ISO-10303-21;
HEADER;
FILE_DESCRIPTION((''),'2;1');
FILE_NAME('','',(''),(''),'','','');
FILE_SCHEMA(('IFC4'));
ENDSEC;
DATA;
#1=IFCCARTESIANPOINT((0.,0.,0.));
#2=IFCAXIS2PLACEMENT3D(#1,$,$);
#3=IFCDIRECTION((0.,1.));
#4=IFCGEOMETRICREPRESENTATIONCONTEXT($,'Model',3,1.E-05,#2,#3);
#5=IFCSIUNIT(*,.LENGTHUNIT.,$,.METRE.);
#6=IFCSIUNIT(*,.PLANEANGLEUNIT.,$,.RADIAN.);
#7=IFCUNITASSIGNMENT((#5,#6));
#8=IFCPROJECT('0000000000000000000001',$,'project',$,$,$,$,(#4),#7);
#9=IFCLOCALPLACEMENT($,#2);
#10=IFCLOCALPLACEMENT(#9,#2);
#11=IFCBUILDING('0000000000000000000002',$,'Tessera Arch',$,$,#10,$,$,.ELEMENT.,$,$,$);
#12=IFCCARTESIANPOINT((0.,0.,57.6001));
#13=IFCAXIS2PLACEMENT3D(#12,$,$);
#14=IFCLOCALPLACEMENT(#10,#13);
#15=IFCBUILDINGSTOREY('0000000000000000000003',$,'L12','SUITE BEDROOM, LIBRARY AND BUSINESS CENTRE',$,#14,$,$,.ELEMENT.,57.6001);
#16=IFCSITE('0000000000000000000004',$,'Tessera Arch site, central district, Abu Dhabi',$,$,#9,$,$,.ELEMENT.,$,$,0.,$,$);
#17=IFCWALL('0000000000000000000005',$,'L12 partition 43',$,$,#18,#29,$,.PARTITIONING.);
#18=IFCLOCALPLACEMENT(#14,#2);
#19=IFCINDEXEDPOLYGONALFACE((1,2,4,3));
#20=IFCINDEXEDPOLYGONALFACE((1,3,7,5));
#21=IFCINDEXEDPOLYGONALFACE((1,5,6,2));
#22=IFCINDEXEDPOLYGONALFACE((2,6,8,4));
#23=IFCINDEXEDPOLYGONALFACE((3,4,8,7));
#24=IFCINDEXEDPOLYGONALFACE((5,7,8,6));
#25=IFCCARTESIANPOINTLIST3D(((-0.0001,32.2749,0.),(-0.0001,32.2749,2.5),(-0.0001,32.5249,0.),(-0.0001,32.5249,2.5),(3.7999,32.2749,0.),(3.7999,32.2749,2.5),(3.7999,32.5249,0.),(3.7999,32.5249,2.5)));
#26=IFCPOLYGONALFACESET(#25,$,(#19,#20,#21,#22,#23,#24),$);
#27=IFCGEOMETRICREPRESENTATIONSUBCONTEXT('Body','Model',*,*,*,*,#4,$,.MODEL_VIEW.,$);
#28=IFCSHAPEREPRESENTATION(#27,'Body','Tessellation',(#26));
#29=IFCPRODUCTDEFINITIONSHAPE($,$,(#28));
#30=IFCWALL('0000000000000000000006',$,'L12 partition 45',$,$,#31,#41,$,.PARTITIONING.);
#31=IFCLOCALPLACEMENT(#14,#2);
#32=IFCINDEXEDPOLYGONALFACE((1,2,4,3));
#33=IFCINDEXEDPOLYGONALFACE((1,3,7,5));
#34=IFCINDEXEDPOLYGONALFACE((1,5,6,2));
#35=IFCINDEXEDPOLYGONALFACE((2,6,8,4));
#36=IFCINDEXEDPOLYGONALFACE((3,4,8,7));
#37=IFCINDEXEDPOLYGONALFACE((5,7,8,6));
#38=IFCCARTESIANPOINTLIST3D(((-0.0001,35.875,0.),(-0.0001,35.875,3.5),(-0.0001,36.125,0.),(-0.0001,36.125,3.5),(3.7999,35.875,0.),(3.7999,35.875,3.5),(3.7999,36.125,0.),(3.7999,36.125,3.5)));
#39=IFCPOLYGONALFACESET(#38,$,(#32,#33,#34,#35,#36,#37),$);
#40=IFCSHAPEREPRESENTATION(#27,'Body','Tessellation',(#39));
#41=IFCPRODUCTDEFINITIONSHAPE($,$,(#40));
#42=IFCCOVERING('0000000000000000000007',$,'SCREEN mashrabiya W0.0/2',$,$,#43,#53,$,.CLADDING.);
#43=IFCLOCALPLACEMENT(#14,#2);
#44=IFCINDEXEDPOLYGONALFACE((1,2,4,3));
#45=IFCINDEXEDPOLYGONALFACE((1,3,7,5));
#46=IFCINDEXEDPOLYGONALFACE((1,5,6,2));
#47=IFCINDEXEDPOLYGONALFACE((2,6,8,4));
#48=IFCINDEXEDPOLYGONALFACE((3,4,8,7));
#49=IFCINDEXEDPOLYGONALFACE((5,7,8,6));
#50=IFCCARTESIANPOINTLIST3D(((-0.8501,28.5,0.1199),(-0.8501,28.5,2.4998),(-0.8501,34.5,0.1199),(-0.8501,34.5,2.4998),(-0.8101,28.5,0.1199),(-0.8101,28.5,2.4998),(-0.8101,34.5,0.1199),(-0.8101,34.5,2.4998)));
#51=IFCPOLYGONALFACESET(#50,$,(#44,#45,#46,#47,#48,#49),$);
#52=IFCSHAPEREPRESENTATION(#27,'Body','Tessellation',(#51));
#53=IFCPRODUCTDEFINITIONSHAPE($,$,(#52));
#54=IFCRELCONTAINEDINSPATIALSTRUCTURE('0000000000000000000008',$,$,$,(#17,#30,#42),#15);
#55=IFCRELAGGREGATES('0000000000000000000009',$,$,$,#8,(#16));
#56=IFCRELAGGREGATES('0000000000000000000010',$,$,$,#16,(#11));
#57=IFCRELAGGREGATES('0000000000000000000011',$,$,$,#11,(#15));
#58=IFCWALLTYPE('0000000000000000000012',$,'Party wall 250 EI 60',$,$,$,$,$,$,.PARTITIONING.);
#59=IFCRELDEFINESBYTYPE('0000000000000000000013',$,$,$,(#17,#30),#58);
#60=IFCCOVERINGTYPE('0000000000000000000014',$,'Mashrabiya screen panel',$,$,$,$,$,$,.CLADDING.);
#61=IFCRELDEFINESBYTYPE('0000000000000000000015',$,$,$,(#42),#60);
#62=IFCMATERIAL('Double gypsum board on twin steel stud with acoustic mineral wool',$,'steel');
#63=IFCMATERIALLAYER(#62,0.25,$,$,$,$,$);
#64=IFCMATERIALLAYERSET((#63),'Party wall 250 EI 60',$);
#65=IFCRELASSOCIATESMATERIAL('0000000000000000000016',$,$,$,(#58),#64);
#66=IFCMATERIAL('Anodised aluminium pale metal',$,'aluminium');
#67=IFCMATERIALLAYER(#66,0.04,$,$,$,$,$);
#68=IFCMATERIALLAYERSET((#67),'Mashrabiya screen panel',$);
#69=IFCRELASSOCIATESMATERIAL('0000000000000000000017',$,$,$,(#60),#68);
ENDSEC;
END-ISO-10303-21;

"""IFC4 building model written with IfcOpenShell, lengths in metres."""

from ifc_helpers import new_model, si_unit, direction, frame, frame_2d, origin, origin_2d, place, context, subcontext, project, spatial, rectangle, extrude, material, layer, layer_set, type_object, element, save


model = new_model("IFC4")

# Units and contexts
model_context = context("Model", 3, precision=1e-05, world=origin(), true_north=direction((0.0, 1.0)))
body_context = subcontext(model_context, "Body", "Model", "MODEL_VIEW")
ifc_project = project(units=[si_unit("LENGTHUNIT", "METRE"), si_unit("PLANEANGLEUNIT", "RADIAN")], contexts=[model_context])

# Site, building, storey
site_placement = place(None, origin())
site = spatial("IfcSite", under=ifc_project, at=site_placement, Name="Tessera Arch site, central district, Abu Dhabi", CompositionType="ELEMENT", RefElevation=0.0)
building_placement = place(site_placement, origin())
building = spatial("IfcBuilding", under=site, at=building_placement, Name="Tessera Arch", CompositionType="ELEMENT")
storey_placement = place(building_placement, frame((0.0, 0.0, 57.6001)))
storey = spatial("IfcBuildingStorey", under=building, at=storey_placement, Name="L12", Description="SUITE BEDROOM, LIBRARY AND BUSINESS CENTRE", CompositionType="ELEMENT", Elevation=57.6001)

# Walls
ifc_material_1 = material(Name="Double gypsum board on twin steel stud with acoustic mineral wool", Category="steel")
ifc_layer_1 = layer(ifc_material_1, 0.25)
ifc_layer_set_1 = layer_set([ifc_layer_1], Name="Party wall 250 EI 60")
wall_type = type_object("IfcWallType", Name="Party wall 250 EI 60", PredefinedType="PARTITIONING", material=ifc_layer_set_1)
wall_1_placement = place(storey_placement, frame((0.0, 32.3999, 0.0), z_axis=(0.0, 0.0, 1.0), x_axis=(1.0, 0.0, 0.0)))
element("IfcWall", 1, at=wall_1_placement, inside=storey, type_object=wall_type, Name="L12 partition 43", PredefinedType="PARTITIONING", context=body_context, shape_type="SweptSolid", body=[
    extrude(rectangle(XDim=3.8, YDim=0.25, at=frame_2d((1.8999, 0.0))), origin(), (0.0, 0.0, 1.0), 2.5),
])
wall_2_placement = place(storey_placement, frame((0.0, 36.0, 0.0), z_axis=(0.0, 0.0, 1.0), x_axis=(1.0, 0.0, 0.0)))
element("IfcWall", 2, at=wall_2_placement, inside=storey, type_object=wall_type, Name="L12 partition 45", PredefinedType="PARTITIONING", context=body_context, shape_type="SweptSolid", body=[
    extrude(rectangle(XDim=3.8, YDim=0.25, at=frame_2d((1.8999, 0.0))), origin(), (0.0, 0.0, 1.0), 3.5),
])

# Covering
ifc_material_2 = material(Name="Anodised aluminium pale metal", Category="aluminium")
ifc_layer_2 = layer(ifc_material_2, 0.04)
ifc_layer_set_2 = layer_set([ifc_layer_2], Name="Mashrabiya screen panel")
covering_type = type_object("IfcCoveringType", Name="Mashrabiya screen panel", PredefinedType="CLADDING", material=ifc_layer_set_2)
covering_placement = place(storey_placement, frame((-0.8301, 31.5, 0.1199), z_axis=(0.0, 0.0, 1.0), x_axis=(0.0, -1.0, 0.0)))
element("IfcCovering", 3, at=covering_placement, inside=storey, type_object=covering_type, Name="SCREEN mashrabiya W0.0/2", PredefinedType="CLADDING", context=body_context, shape_type="SweptSolid", body=[
    extrude(rectangle(XDim=6.0, YDim=0.04, at=origin_2d()), origin(), (0.0, 0.0, 1.0), 2.3799),
])

save(model, "model.ifc")
